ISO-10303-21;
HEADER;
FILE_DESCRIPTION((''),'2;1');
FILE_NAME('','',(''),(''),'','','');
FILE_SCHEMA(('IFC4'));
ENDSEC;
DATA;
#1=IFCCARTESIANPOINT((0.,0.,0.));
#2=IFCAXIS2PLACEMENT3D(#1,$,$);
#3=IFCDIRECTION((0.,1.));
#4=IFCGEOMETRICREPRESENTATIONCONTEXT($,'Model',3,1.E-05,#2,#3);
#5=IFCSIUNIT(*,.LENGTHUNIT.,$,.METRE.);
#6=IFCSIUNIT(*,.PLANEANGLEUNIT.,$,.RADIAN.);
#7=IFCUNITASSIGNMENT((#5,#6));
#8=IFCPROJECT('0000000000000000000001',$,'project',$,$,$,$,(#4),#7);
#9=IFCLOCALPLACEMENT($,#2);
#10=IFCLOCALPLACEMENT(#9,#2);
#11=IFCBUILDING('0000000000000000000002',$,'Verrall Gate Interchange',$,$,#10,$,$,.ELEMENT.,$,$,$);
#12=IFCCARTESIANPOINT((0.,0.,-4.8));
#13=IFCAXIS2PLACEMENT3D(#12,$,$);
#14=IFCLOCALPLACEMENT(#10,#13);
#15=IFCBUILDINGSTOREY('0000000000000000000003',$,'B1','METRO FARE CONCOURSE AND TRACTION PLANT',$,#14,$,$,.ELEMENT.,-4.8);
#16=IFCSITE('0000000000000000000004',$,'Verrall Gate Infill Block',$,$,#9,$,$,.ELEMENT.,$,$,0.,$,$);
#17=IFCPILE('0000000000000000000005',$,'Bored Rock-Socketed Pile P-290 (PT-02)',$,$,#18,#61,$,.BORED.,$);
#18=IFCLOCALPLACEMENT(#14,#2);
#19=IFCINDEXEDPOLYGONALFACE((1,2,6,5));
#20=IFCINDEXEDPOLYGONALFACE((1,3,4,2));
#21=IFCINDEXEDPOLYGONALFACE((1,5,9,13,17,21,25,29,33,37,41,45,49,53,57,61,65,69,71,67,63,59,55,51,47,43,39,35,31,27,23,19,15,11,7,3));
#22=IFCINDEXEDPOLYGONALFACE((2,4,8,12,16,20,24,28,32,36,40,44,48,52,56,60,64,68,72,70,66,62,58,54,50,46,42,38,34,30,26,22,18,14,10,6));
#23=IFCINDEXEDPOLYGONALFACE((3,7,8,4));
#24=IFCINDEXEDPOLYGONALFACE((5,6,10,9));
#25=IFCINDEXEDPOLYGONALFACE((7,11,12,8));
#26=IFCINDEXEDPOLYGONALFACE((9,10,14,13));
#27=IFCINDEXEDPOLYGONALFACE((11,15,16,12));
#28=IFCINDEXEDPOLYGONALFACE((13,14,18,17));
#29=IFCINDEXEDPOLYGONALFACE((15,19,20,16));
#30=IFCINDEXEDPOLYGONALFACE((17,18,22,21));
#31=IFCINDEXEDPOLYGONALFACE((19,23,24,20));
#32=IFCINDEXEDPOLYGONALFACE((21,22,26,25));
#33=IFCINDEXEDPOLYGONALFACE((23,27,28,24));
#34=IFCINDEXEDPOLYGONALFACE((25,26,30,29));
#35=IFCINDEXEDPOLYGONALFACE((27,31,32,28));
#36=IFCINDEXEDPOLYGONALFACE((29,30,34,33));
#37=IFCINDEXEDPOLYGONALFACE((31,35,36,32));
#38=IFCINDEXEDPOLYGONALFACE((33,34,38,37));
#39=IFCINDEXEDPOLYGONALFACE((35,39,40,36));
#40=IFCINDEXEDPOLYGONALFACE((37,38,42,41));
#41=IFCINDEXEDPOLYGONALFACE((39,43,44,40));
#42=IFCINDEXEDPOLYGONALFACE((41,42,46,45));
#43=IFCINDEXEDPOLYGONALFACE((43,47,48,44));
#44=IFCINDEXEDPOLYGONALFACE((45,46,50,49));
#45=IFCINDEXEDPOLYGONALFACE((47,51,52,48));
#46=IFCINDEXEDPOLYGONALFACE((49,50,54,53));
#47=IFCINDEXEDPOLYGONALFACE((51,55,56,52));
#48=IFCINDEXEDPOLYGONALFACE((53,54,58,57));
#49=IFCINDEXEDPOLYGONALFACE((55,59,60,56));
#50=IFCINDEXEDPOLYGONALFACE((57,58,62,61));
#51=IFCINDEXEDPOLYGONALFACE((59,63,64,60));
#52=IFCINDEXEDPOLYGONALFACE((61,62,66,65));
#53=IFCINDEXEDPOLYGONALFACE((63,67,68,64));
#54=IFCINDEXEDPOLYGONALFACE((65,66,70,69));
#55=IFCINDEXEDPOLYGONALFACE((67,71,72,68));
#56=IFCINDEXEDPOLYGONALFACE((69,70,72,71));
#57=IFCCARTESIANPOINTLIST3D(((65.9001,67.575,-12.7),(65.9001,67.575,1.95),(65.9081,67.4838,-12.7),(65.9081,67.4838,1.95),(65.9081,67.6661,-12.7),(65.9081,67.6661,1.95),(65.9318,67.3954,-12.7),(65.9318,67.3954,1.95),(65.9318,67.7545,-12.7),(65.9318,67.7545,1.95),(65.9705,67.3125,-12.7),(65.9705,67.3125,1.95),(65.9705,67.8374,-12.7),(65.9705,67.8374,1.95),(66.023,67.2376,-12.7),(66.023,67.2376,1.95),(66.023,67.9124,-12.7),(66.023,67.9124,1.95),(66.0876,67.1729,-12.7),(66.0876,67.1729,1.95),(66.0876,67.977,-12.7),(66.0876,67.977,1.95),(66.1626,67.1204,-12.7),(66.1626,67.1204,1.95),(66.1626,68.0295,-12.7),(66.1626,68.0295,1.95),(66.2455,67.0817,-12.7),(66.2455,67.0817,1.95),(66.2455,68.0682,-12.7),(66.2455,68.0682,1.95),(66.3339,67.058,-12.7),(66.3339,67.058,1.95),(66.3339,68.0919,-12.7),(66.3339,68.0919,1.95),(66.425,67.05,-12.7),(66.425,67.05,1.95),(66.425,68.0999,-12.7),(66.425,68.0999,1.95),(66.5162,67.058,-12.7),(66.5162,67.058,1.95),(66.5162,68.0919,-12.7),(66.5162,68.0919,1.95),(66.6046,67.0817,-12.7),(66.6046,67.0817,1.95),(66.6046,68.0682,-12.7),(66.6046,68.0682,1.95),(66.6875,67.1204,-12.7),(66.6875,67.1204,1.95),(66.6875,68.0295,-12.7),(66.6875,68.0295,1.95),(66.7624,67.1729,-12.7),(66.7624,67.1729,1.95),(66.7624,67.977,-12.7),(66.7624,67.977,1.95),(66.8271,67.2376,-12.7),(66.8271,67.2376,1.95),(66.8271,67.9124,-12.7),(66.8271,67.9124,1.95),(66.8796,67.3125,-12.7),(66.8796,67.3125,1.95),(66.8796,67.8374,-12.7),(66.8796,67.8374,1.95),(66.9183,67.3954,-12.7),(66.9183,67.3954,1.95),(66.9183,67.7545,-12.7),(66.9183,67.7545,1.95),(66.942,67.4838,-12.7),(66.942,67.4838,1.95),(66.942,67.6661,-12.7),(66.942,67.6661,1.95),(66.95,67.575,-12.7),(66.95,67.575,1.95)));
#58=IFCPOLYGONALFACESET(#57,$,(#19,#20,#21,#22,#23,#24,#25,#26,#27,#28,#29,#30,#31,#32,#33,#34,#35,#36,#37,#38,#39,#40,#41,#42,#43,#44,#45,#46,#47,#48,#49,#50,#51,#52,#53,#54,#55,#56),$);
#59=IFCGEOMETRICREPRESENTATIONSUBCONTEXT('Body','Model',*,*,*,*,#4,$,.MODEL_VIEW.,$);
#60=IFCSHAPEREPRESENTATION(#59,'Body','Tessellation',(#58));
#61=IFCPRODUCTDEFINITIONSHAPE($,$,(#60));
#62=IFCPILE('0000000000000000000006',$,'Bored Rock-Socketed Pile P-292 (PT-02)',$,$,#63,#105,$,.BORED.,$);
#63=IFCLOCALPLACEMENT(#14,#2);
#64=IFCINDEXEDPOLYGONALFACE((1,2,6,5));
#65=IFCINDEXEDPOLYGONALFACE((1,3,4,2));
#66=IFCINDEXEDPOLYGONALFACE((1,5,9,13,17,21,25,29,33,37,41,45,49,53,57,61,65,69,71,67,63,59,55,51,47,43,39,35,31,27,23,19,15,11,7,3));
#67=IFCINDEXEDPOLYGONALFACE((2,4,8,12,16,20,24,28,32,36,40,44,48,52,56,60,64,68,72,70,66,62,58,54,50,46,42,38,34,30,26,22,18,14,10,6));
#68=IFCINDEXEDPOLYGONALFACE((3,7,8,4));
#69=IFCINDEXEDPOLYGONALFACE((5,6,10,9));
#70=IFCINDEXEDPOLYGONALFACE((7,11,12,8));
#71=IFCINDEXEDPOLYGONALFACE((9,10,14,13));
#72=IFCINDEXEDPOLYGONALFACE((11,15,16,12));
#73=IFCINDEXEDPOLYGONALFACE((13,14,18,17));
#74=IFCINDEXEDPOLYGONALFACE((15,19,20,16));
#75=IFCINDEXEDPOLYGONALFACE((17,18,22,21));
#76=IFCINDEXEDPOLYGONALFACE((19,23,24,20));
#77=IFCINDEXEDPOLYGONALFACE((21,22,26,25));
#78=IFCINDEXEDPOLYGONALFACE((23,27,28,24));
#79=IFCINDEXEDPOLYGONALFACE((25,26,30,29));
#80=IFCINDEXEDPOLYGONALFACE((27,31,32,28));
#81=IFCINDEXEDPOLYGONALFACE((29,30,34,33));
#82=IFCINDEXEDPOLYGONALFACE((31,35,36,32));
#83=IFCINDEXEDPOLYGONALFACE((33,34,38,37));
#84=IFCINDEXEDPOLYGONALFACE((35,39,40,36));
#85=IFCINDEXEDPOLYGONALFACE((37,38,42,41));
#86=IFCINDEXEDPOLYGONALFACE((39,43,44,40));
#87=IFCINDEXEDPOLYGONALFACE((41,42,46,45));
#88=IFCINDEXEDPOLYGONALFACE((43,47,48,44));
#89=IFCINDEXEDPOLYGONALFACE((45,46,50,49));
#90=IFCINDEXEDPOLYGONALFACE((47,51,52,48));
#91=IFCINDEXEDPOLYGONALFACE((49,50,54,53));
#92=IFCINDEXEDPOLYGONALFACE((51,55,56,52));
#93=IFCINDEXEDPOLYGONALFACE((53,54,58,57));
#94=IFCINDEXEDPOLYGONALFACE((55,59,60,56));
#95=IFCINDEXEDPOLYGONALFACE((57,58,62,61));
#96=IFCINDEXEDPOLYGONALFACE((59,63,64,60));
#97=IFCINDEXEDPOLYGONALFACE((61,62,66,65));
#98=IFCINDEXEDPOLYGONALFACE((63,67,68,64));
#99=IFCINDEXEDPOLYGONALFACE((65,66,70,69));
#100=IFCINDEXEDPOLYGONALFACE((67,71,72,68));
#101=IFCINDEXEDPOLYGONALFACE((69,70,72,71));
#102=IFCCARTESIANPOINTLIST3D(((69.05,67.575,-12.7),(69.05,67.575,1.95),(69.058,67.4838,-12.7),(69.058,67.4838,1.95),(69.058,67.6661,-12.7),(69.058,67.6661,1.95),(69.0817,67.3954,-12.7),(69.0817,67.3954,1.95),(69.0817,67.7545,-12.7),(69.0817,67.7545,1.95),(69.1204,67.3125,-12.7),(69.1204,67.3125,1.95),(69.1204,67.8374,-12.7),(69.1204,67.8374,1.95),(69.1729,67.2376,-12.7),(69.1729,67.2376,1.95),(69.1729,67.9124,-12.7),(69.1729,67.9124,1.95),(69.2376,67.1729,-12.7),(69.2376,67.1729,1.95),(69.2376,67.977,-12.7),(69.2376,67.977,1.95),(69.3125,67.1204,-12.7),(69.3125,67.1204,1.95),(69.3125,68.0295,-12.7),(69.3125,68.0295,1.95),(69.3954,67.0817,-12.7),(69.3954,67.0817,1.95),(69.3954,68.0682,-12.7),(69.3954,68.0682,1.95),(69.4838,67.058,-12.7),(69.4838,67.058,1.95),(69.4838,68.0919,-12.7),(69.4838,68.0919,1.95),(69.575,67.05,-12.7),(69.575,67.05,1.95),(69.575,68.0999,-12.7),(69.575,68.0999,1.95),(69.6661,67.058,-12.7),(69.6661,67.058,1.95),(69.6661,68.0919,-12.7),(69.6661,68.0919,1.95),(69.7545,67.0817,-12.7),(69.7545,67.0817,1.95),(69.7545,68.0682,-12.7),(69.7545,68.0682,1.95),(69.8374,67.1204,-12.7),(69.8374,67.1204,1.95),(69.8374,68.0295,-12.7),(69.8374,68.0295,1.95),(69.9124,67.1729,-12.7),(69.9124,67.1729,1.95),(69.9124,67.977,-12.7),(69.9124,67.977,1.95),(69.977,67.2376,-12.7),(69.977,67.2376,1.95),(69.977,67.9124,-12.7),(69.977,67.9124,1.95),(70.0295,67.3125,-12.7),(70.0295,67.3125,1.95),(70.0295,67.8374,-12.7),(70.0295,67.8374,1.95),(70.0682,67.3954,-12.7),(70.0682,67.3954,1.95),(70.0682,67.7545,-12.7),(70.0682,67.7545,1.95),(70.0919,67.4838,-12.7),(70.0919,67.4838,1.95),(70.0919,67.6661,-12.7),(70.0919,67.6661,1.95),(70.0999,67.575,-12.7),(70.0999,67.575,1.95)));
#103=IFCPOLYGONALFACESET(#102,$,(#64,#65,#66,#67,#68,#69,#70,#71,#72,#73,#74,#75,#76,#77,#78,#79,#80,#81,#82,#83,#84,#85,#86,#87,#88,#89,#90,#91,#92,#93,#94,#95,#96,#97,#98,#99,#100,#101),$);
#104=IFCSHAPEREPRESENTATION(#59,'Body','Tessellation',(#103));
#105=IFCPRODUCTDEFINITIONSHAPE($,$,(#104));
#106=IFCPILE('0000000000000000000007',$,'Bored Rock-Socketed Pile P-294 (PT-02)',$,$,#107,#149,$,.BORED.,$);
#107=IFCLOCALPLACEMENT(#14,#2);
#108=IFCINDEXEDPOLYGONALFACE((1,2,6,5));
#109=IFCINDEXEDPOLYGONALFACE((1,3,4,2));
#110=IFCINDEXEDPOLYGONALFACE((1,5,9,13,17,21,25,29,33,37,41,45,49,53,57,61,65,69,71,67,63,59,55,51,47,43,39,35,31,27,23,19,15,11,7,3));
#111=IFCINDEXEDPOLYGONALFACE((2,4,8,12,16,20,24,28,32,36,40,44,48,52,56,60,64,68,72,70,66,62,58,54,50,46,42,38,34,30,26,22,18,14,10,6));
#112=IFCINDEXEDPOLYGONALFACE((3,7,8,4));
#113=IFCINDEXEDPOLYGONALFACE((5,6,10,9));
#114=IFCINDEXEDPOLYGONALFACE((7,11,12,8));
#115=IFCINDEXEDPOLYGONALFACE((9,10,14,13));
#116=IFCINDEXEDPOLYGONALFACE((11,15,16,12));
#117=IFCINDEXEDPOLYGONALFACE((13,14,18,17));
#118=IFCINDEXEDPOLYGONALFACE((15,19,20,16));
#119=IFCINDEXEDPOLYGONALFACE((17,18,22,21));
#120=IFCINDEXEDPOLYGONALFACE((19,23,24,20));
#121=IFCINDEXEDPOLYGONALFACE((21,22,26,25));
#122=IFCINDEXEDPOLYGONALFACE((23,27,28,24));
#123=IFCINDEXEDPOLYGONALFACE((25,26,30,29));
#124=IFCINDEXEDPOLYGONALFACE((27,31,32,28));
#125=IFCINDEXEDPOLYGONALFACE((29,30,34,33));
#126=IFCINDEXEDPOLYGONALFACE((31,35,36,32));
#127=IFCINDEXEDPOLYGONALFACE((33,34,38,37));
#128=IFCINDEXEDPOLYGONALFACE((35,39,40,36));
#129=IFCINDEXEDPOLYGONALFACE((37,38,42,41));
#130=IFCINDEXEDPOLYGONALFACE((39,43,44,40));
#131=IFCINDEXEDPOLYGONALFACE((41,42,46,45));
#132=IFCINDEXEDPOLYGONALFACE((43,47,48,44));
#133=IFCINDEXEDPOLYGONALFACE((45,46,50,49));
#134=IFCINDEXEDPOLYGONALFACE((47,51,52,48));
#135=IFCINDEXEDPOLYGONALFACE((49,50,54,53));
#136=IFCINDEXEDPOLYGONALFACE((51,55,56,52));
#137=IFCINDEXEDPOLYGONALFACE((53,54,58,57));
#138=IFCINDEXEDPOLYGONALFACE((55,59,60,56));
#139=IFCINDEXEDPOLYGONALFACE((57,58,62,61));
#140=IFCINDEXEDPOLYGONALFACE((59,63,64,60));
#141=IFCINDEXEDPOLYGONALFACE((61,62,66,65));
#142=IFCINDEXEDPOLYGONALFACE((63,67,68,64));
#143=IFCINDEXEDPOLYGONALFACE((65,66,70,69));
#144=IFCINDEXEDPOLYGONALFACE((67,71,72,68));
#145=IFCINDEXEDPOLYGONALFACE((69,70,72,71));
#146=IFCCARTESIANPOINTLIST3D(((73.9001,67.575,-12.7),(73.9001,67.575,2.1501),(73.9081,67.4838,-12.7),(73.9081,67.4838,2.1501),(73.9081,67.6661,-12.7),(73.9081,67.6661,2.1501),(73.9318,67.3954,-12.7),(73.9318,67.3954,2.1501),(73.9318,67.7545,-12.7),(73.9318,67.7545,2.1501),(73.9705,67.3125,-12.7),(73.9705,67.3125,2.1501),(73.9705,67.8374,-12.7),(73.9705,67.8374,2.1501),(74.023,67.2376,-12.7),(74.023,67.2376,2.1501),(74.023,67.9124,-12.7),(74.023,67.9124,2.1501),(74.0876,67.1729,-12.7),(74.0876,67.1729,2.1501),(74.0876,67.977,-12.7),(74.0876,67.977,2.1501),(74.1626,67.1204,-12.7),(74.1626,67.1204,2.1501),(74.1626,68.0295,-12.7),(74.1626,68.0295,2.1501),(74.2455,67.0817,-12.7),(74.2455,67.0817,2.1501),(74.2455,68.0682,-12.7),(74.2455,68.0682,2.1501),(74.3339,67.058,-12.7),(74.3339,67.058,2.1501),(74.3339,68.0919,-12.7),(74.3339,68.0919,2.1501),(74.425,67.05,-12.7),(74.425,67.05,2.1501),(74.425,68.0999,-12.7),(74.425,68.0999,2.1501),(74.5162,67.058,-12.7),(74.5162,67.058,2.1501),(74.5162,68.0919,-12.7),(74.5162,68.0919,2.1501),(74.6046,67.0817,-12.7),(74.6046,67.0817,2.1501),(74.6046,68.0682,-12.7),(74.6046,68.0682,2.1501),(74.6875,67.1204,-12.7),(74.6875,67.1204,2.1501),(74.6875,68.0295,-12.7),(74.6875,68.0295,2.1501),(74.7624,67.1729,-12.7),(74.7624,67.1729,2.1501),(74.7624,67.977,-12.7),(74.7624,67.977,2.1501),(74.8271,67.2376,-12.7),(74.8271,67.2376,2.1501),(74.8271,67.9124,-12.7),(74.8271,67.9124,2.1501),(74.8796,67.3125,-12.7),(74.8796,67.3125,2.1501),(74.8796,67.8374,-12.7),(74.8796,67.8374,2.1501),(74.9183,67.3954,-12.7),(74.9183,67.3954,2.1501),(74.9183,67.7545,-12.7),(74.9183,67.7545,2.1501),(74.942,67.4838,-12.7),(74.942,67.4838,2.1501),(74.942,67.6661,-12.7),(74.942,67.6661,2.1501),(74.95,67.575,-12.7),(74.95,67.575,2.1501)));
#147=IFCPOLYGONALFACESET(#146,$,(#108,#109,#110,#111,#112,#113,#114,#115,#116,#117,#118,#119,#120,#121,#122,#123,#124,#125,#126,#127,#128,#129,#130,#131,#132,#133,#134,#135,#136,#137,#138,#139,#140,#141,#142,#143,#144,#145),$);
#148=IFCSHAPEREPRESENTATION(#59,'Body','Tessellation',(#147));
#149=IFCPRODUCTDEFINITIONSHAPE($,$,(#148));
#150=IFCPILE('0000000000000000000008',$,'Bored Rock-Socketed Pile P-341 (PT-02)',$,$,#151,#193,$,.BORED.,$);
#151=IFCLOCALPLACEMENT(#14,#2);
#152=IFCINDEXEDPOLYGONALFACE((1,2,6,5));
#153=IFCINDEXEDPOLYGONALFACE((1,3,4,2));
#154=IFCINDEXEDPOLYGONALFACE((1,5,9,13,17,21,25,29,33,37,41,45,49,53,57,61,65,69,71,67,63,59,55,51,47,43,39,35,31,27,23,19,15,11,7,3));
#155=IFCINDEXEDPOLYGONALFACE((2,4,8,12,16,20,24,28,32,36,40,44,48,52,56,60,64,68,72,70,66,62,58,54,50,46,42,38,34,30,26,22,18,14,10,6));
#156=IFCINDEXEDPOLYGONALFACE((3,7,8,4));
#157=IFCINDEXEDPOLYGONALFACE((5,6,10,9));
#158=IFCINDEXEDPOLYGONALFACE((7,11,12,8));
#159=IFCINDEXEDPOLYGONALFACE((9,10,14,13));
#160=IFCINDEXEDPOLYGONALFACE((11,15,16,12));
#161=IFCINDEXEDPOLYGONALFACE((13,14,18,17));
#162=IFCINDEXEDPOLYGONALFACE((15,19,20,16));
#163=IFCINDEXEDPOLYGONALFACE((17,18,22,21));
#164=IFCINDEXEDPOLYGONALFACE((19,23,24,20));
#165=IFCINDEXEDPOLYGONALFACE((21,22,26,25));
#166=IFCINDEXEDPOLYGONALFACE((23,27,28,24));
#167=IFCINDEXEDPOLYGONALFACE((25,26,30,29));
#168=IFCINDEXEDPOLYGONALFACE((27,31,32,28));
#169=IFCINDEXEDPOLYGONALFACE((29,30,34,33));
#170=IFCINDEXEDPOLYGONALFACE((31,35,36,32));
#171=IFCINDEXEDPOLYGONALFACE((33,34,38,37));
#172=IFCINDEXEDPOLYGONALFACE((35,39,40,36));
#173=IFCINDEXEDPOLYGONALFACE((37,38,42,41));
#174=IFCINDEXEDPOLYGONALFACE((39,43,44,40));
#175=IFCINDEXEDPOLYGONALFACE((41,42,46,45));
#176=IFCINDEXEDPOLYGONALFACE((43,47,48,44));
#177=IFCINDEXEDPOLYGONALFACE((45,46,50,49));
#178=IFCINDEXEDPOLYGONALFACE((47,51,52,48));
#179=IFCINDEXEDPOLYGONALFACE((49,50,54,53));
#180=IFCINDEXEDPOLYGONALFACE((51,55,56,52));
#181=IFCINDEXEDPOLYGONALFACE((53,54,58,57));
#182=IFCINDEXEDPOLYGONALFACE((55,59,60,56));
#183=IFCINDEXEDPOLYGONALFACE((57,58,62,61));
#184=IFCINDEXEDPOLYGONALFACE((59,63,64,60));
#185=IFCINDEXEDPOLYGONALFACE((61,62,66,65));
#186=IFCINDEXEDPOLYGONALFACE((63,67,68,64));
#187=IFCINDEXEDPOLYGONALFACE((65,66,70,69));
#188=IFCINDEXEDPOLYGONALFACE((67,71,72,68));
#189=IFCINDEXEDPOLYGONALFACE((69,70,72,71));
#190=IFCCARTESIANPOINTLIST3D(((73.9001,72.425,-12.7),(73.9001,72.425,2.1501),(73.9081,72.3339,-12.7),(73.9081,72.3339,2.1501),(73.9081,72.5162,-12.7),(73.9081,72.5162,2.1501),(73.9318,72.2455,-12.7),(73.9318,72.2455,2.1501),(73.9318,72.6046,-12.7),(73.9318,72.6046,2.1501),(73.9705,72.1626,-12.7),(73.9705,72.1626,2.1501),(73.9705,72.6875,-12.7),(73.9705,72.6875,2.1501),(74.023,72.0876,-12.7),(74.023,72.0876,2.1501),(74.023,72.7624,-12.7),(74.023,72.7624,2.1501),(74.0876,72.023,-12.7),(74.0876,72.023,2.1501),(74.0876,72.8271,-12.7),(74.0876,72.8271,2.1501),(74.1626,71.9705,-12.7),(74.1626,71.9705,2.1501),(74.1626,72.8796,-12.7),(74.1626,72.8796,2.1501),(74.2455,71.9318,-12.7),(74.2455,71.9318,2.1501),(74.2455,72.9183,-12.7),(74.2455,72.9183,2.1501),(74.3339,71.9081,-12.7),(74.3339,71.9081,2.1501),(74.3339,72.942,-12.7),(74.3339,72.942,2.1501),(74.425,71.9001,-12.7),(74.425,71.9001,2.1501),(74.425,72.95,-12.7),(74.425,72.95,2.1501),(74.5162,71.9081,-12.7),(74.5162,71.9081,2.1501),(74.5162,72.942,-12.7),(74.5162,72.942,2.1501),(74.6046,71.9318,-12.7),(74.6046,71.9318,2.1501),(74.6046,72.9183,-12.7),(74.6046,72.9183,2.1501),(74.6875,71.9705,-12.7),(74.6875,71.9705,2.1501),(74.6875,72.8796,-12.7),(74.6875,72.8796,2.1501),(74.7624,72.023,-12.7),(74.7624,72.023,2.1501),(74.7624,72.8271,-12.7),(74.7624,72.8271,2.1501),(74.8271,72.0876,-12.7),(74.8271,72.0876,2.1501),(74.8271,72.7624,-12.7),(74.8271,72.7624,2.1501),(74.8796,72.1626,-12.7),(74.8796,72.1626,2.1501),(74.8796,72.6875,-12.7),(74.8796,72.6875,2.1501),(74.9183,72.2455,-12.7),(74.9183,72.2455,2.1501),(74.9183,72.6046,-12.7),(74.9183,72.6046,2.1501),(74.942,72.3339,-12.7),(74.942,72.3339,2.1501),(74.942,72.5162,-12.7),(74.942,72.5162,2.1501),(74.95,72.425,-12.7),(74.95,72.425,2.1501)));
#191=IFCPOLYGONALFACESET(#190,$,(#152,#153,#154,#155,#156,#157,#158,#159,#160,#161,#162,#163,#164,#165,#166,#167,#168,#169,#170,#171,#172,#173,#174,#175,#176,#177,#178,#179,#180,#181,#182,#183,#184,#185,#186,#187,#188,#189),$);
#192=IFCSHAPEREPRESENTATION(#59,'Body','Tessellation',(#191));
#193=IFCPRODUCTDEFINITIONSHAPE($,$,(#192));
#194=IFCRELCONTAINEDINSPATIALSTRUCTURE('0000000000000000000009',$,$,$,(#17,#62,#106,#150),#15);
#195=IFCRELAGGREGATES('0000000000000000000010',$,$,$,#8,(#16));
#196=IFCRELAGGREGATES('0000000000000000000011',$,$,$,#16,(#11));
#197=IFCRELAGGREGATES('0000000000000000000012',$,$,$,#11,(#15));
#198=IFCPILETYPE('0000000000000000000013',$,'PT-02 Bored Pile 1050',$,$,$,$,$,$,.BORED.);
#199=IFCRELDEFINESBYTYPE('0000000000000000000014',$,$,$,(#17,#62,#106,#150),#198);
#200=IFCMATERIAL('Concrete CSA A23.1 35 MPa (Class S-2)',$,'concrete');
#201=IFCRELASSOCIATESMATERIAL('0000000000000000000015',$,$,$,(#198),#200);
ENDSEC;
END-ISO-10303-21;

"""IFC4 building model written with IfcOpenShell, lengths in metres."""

from ifc_helpers import new_model, si_unit, direction, frame, origin, origin_2d, place, context, subcontext, project, spatial, circle, extrude, material, material_profile, profile_set, type_object, element, save


model = new_model("IFC4")

# Units and contexts
model_context = context("Model", 3, precision=1e-05, world=origin(), true_north=direction((0.0, 1.0)))
body_context = subcontext(model_context, "Body", "Model", "MODEL_VIEW")
ifc_project = project(units=[si_unit("LENGTHUNIT", "METRE"), si_unit("PLANEANGLEUNIT", "RADIAN")], contexts=[model_context])

# Site, building, storey
site_placement = place(None, origin())
site = spatial("IfcSite", under=ifc_project, at=site_placement, Name="Verrall Gate Infill Block", CompositionType="ELEMENT", RefElevation=0.0)
building_placement = place(site_placement, origin())
building = spatial("IfcBuilding", under=site, at=building_placement, Name="Verrall Gate Interchange", CompositionType="ELEMENT")
storey_placement = place(building_placement, frame((0.0, 0.0, -4.8)))
storey = spatial("IfcBuildingStorey", under=building, at=storey_placement, Name="B1", Description="METRO FARE CONCOURSE AND TRACTION PLANT", CompositionType="ELEMENT", Elevation=-4.8)

# Piles
ifc_material_1 = material(Name="Concrete CSA A23.1 35 MPa (Class S-2)", Category="concrete")
ifc_material_profile_1 = material_profile(ifc_material_1, circle(Radius=0.5249, at=origin_2d()), Name="PILE1050D")
ifc_profile_set_1 = profile_set([ifc_material_profile_1], Name="Concrete CSA A23.1 35 MPa (Class S-2)")
pile_type_1 = type_object("IfcPileType", Name="PT-02 Bored Pile 1050", PredefinedType="BORED", material=ifc_profile_set_1)
for number, where, z_axis, x_axis, name in (
    (1, (66.425, 67.575, 1.95), (0.0, 0.0, -1.0), (1.0, 0.0, 0.0), "Bored Rock-Socketed Pile P-290 (PT-02)"),
    (2, (69.575, 67.575, 1.95), (0.0, 0.0, -1.0), (1.0, 0.0, 0.0), "Bored Rock-Socketed Pile P-292 (PT-02)"),
):
    element("IfcPile", number, at=place(storey_placement, frame(where, z_axis=z_axis, x_axis=x_axis)), inside=storey, type_object=pile_type_1, Name=name, PredefinedType="BORED", context=body_context, shape_type="SweptSolid", body=[
        extrude(circle(Radius=0.5249, at=origin_2d()), origin(), (0.0, 0.0, 1.0), 14.6499),
    ])
for number, where, z_axis, x_axis, name in (
    (3, (74.425, 67.575, 2.1501), (0.0, 0.0, -1.0), (1.0, 0.0, 0.0), "Bored Rock-Socketed Pile P-294 (PT-02)"),
    (4, (74.425, 72.425, 2.1501), (0.0, 0.0, -1.0), (1.0, 0.0, 0.0), "Bored Rock-Socketed Pile P-341 (PT-02)"),
):
    element("IfcPile", number, at=place(storey_placement, frame(where, z_axis=z_axis, x_axis=x_axis)), inside=storey, type_object=pile_type_1, Name=name, PredefinedType="BORED", context=body_context, shape_type="SweptSolid", body=[
        extrude(circle(Radius=0.5249, at=origin_2d()), origin(), (0.0, 0.0, 1.0), 14.8501),
    ])

save(model, "model.ifc")
